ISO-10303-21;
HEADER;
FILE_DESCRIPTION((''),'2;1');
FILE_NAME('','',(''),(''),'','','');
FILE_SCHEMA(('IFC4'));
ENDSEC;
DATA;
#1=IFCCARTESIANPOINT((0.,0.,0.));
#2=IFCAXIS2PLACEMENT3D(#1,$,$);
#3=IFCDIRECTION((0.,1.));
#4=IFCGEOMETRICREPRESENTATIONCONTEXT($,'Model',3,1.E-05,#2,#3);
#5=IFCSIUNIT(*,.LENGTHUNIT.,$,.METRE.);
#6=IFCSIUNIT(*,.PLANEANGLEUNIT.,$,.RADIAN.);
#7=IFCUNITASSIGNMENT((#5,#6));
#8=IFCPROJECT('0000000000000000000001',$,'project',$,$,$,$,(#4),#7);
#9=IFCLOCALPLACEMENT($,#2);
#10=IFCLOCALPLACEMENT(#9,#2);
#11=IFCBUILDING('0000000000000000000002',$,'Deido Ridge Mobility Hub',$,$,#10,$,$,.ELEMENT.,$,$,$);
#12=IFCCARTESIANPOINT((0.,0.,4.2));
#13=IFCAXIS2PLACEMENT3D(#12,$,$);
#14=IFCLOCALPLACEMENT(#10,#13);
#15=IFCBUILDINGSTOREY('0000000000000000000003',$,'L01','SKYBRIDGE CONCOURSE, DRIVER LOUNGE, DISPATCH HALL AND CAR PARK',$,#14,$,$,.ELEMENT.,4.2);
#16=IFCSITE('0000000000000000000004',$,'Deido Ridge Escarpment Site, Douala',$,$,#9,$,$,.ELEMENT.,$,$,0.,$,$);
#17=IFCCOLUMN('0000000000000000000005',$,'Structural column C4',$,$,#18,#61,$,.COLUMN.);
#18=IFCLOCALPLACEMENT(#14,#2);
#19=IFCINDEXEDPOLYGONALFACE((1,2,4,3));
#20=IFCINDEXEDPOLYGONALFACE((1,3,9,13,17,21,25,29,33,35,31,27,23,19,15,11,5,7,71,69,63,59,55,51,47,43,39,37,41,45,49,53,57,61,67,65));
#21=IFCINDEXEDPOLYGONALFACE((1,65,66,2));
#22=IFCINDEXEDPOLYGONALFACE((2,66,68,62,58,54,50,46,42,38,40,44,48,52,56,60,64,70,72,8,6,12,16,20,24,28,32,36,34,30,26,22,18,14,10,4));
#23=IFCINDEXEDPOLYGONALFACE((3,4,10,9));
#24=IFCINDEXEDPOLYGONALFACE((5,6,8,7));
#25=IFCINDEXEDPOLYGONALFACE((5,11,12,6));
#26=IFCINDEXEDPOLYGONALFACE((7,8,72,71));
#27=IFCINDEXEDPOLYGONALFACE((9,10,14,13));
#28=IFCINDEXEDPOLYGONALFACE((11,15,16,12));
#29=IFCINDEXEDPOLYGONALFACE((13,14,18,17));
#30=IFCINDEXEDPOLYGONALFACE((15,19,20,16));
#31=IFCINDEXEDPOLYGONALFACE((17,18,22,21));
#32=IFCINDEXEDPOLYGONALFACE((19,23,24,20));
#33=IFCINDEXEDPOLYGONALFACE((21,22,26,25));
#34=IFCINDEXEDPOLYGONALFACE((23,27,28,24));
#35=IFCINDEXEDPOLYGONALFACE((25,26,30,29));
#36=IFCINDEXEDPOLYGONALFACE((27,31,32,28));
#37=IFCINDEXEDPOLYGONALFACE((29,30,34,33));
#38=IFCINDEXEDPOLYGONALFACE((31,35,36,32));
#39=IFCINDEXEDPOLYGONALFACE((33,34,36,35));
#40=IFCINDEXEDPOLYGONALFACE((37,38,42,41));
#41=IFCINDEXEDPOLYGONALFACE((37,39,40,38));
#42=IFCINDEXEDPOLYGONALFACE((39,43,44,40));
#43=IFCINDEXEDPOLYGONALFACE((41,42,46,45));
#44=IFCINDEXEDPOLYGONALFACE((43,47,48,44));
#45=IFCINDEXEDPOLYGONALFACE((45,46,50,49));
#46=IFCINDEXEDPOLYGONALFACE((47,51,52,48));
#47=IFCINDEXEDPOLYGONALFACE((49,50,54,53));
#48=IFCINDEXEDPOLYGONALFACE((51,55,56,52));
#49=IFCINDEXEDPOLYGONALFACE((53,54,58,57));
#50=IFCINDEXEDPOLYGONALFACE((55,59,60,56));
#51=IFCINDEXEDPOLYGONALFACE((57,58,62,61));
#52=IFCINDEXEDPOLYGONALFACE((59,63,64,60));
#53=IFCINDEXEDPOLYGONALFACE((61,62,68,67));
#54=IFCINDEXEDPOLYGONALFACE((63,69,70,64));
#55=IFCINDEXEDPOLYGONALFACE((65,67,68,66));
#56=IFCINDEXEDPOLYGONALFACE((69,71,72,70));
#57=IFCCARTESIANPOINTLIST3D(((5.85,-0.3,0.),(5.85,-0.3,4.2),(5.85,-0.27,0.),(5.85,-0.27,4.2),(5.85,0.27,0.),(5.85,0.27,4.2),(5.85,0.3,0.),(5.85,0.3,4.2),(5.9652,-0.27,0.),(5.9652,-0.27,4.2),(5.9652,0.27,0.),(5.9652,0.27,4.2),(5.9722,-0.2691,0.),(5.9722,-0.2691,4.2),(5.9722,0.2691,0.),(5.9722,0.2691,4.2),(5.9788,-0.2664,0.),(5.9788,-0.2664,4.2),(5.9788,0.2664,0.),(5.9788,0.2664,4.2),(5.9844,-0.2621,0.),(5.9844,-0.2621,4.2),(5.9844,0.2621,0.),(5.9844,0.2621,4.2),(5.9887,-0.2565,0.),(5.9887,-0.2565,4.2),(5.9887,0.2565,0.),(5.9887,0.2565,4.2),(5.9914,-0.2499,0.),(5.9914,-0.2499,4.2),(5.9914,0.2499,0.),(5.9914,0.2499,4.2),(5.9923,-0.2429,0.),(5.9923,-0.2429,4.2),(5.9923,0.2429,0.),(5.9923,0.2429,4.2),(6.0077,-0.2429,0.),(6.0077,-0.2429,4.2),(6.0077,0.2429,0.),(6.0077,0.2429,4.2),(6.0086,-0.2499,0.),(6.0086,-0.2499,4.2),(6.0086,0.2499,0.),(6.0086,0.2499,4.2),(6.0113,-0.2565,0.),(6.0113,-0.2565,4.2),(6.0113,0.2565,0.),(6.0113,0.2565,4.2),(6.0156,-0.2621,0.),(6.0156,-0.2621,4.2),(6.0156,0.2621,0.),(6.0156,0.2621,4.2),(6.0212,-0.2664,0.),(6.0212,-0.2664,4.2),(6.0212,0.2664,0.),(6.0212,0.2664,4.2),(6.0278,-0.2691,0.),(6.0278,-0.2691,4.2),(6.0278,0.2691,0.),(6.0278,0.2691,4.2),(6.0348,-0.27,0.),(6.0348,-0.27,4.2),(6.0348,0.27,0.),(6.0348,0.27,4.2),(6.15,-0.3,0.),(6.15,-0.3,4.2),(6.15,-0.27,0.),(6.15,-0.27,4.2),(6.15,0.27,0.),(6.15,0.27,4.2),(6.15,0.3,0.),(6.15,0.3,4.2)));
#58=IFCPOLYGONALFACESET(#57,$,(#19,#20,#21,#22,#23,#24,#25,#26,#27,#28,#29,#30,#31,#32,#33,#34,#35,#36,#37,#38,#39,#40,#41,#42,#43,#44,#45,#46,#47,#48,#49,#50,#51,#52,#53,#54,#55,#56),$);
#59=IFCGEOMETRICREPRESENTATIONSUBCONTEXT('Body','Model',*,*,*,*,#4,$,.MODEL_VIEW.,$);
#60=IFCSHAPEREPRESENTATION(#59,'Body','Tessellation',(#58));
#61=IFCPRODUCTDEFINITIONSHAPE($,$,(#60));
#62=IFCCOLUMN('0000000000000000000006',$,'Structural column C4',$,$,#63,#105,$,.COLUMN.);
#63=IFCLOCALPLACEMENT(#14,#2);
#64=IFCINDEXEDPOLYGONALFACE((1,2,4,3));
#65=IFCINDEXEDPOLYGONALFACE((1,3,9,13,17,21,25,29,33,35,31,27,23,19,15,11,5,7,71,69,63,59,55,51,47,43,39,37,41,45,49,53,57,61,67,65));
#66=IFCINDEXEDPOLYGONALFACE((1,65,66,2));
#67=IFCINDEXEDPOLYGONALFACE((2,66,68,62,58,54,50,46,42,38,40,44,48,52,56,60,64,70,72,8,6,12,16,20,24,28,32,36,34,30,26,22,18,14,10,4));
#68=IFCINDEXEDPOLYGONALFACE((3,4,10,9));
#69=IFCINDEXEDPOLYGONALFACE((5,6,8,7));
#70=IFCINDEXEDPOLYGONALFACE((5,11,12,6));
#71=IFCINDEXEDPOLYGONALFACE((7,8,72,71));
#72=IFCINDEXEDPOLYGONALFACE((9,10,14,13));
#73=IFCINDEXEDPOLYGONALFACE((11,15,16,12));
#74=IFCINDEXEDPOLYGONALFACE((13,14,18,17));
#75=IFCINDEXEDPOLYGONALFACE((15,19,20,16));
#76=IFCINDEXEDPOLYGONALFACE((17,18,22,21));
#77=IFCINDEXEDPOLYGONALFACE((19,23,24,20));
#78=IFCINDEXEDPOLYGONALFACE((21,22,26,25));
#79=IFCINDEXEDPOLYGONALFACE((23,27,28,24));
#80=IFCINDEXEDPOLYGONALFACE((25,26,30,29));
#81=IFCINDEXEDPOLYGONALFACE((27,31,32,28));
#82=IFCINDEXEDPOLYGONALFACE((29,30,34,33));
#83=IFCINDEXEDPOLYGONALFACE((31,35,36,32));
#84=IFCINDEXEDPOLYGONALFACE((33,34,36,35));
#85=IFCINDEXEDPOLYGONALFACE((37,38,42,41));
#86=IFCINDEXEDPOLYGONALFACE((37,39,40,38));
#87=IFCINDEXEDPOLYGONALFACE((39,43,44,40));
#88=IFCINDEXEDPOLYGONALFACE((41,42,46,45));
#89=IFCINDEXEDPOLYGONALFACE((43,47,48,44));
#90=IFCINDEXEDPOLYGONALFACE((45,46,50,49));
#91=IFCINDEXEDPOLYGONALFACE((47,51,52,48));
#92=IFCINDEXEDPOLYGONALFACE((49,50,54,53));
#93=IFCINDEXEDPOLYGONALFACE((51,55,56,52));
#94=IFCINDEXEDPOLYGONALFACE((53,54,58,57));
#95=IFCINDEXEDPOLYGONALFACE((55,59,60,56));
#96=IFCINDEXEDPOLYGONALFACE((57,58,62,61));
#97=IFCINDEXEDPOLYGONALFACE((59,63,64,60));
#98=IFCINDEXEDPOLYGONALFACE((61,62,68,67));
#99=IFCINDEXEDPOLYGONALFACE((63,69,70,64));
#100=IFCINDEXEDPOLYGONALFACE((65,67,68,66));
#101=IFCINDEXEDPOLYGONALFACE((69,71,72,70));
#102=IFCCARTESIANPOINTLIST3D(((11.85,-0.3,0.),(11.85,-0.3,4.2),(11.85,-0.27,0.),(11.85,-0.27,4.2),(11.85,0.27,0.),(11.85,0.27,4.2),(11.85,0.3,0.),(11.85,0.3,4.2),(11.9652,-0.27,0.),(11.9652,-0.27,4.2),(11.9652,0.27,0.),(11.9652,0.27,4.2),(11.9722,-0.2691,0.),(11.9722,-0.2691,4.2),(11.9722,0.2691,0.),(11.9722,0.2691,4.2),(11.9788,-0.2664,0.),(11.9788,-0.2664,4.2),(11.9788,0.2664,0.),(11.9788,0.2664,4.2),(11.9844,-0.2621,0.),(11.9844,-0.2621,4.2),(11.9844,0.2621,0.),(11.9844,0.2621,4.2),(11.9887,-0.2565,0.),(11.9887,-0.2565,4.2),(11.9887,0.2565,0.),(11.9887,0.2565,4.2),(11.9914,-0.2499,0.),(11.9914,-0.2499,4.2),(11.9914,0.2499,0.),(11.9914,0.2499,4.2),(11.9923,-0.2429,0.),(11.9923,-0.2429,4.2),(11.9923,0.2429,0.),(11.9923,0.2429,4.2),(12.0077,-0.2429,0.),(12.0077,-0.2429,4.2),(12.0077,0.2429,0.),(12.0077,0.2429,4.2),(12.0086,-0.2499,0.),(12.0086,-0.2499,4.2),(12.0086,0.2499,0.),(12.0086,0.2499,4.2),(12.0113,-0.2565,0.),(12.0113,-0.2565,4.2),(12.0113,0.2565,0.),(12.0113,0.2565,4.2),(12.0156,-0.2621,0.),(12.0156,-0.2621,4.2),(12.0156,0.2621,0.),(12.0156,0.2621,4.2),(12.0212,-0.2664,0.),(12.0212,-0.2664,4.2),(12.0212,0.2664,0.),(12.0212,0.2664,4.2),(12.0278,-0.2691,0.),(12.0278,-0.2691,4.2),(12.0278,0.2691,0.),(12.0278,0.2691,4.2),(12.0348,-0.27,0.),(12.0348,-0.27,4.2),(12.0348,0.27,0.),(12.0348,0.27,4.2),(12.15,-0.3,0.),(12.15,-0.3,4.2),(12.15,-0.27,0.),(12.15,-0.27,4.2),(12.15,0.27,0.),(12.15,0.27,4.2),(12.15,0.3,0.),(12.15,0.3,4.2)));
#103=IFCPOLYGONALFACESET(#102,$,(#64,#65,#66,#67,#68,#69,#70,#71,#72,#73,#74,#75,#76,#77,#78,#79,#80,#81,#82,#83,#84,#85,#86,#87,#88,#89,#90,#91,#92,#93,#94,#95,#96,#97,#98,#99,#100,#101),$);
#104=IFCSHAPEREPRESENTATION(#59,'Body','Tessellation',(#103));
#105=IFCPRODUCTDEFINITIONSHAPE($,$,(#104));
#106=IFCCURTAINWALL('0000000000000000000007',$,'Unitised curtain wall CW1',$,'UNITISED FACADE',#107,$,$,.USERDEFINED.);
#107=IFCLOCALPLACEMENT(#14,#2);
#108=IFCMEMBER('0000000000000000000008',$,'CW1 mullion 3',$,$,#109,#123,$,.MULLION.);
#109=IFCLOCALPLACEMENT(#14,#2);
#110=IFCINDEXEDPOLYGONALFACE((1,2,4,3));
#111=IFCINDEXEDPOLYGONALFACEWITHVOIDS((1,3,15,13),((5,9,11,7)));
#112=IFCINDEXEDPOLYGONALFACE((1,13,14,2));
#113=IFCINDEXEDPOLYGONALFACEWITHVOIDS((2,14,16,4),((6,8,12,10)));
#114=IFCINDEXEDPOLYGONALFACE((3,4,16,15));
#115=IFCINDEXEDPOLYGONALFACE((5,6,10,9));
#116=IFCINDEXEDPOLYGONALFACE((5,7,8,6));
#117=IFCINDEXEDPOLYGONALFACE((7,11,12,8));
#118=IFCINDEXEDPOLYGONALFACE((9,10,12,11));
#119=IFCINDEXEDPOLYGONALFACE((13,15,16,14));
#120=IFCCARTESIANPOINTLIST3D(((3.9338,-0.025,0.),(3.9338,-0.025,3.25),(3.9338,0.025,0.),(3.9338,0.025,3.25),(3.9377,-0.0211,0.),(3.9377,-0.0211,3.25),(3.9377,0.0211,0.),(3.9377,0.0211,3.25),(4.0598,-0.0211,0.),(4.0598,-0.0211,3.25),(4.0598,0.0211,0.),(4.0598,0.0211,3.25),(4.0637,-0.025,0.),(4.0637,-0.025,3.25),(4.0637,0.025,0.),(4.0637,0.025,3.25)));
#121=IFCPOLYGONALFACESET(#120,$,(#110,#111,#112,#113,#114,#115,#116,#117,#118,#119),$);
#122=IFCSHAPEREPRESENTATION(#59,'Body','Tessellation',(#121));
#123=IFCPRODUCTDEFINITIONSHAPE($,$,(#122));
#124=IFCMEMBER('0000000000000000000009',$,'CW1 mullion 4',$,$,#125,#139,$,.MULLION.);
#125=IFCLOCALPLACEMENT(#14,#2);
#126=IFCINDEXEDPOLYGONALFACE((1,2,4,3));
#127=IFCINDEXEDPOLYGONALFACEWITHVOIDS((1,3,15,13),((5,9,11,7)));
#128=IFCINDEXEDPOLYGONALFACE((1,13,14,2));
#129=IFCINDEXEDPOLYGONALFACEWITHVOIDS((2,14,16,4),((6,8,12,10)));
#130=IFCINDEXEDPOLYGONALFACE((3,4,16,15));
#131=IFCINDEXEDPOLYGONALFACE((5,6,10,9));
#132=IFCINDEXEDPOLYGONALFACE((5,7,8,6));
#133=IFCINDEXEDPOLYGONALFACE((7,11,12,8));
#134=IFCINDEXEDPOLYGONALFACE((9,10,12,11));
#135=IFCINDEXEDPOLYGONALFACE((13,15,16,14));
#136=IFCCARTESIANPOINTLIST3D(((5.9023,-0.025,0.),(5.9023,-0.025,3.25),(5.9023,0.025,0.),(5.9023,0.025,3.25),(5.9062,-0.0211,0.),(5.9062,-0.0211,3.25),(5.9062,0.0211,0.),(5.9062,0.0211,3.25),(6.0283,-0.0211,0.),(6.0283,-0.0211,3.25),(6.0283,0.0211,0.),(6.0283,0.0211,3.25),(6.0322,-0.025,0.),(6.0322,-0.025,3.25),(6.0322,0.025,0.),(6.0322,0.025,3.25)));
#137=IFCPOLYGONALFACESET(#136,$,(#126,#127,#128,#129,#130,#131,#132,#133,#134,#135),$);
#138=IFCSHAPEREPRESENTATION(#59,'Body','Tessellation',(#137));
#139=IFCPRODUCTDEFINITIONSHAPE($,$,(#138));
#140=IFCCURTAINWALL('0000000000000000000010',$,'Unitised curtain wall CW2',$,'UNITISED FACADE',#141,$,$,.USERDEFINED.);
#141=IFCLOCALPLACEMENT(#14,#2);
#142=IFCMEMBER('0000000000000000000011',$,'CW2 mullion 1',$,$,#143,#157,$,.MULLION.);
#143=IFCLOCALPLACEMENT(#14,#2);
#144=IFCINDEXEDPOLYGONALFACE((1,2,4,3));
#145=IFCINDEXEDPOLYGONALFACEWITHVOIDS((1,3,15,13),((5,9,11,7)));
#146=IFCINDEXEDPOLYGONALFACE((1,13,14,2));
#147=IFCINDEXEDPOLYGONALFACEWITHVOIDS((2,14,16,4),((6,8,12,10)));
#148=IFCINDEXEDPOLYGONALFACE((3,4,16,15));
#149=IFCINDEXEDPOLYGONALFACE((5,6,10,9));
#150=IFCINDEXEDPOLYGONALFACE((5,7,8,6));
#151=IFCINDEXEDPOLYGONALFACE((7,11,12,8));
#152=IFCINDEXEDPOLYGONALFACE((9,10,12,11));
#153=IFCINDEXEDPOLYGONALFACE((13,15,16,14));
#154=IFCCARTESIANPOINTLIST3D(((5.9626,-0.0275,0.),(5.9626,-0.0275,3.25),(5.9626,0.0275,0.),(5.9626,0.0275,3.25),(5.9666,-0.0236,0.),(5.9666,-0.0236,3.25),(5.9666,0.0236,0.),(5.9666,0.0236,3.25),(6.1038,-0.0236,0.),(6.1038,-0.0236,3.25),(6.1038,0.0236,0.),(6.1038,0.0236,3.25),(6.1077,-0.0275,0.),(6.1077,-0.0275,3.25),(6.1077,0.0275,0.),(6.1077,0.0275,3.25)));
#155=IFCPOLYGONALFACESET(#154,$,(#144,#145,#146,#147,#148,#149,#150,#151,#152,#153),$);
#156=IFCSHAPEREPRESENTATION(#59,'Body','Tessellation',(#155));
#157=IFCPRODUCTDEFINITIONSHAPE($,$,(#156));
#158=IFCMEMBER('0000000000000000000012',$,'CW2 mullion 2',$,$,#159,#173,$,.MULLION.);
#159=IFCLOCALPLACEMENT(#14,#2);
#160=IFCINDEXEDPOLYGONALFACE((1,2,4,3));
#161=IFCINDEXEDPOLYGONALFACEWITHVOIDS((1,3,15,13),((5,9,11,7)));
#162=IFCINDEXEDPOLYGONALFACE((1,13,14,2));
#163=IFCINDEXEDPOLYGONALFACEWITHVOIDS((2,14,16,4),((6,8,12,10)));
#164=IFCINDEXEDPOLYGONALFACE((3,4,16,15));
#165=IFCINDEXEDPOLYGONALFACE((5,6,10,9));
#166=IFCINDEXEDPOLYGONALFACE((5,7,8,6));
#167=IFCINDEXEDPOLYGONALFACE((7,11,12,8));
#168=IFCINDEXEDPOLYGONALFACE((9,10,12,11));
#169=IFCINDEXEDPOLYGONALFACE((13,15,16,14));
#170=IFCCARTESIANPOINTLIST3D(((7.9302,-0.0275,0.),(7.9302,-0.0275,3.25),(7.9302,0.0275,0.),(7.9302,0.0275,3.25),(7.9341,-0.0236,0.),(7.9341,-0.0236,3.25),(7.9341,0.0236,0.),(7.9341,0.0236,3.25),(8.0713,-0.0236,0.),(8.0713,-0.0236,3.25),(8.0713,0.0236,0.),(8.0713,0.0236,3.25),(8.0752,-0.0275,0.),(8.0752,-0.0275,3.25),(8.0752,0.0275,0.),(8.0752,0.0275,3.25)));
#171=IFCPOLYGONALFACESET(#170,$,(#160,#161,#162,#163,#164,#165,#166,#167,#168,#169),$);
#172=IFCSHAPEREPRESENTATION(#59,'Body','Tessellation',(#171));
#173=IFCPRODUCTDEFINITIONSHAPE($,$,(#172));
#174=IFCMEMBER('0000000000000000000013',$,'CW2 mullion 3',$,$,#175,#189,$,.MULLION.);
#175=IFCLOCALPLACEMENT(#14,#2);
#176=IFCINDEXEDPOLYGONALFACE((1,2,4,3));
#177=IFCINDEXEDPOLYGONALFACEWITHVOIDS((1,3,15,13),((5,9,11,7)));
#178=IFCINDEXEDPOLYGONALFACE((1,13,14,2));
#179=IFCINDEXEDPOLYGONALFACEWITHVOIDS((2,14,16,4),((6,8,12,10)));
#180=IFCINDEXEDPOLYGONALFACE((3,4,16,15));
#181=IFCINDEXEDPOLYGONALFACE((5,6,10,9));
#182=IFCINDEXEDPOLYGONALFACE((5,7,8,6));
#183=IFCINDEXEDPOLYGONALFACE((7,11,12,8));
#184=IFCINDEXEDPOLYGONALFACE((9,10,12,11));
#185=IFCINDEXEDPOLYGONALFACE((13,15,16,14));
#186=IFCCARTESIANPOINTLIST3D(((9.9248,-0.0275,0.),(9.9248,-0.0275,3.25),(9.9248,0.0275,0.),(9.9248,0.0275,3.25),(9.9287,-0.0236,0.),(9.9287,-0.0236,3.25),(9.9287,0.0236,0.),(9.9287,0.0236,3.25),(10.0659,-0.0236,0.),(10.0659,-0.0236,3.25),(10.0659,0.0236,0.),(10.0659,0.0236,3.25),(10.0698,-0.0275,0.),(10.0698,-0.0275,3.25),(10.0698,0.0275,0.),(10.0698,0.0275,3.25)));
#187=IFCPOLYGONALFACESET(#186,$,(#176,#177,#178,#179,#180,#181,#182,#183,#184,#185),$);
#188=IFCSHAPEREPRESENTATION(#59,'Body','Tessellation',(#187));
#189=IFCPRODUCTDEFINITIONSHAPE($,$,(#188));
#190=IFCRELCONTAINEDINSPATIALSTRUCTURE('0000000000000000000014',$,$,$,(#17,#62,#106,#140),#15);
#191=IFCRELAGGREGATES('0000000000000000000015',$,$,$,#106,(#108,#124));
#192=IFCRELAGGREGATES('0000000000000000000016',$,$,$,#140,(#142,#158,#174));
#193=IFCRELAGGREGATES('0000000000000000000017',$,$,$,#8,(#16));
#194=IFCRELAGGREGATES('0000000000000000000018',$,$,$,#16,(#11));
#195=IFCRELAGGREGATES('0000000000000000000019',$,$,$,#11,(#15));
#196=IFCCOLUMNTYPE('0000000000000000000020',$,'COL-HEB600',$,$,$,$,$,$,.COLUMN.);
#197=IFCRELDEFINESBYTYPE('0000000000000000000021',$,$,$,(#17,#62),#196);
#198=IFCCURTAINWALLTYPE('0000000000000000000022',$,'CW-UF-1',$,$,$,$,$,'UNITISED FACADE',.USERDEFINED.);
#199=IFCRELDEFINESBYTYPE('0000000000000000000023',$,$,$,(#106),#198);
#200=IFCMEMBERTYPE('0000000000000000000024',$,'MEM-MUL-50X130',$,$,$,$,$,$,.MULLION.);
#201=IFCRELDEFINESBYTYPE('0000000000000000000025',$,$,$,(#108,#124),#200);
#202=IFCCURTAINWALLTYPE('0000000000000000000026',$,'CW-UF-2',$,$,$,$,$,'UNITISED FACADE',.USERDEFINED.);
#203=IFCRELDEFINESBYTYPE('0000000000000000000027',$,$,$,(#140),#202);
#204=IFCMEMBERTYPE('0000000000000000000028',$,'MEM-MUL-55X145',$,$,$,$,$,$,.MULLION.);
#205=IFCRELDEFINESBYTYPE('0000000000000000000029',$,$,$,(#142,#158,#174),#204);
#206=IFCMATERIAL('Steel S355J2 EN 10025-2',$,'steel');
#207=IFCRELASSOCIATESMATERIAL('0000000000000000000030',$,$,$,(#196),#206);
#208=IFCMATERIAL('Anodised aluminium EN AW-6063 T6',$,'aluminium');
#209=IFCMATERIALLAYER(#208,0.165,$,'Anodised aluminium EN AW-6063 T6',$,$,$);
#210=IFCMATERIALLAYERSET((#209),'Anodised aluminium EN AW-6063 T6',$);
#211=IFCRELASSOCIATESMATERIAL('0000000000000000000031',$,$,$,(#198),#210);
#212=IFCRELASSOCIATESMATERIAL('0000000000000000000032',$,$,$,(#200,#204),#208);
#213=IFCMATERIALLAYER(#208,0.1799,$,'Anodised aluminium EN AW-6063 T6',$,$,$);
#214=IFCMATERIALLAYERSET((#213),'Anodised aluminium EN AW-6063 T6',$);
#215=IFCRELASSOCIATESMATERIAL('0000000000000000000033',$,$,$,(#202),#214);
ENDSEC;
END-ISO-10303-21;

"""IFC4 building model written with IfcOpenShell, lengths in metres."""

from ifc_helpers import new_model, si_unit, direction, frame, origin, origin_2d, place, context, subcontext, project, spatial, hollow_rectangle, i_section, extrude, material, layer, layer_set, material_profile, profile_set, type_object, element, aggregate, save


model = new_model("IFC4")

# Units and contexts
model_context = context("Model", 3, precision=1e-05, world=origin(), true_north=direction((0.0, 1.0)))
body_context = subcontext(model_context, "Body", "Model", "MODEL_VIEW")
ifc_project = project(units=[si_unit("LENGTHUNIT", "METRE"), si_unit("PLANEANGLEUNIT", "RADIAN")], contexts=[model_context])

# Site, building, storey
site_placement = place(None, origin())
site = spatial("IfcSite", under=ifc_project, at=site_placement, Name="Deido Ridge Escarpment Site, Douala", CompositionType="ELEMENT", RefElevation=0.0)
building_placement = place(site_placement, origin())
building = spatial("IfcBuilding", under=site, at=building_placement, Name="Deido Ridge Mobility Hub", CompositionType="ELEMENT")
storey_placement = place(building_placement, frame((0.0, 0.0, 4.2)))
storey = spatial("IfcBuildingStorey", under=building, at=storey_placement, Name="L01", Description="SKYBRIDGE CONCOURSE, DRIVER LOUNGE, DISPATCH HALL AND CAR PARK", CompositionType="ELEMENT", Elevation=4.2)

# Columns
ifc_material_1 = material(Name="Steel S355J2 EN 10025-2", Category="steel")
ifc_material_profile_1 = material_profile(ifc_material_1, i_section(OverallWidth=0.3, OverallDepth=0.6001, WebThickness=0.0154, FlangeThickness=0.03, FilletRadius=0.0271, at=origin_2d()), Name="HEB 600")
ifc_profile_set_1 = profile_set([ifc_material_profile_1], Name="Steel S355J2 EN 10025-2")
column_type = type_object("IfcColumnType", Name="COL-HEB600", PredefinedType="COLUMN", material=ifc_profile_set_1)
for number, where, z_axis, x_axis, name in (
    (1, (6.0, 0.0, 0.0), (0.0, 0.0, 1.0), (1.0, 0.0, 0.0), "Structural column C4"),
    (2, (12.0, 0.0, 0.0), (0.0, 0.0, 1.0), (1.0, 0.0, 0.0), "Structural column C4"),
):
    element("IfcColumn", number, at=place(storey_placement, frame(where, z_axis=z_axis, x_axis=x_axis)), inside=storey, type_object=column_type, Name=name, PredefinedType="COLUMN", context=body_context, shape_type="SweptSolid", body=[
        extrude(i_section(OverallWidth=0.3, OverallDepth=0.6001, WebThickness=0.0154, FlangeThickness=0.03, FilletRadius=0.0271, at=origin_2d()), origin(), (0.0, 0.0, 1.0), 4.2),
    ])

# Curtain walls, members
ifc_material_2 = material(Name="Anodised aluminium EN AW-6063 T6", Category="aluminium")
ifc_layer_1 = layer(ifc_material_2, 0.165, Name="Anodised aluminium EN AW-6063 T6")
ifc_layer_set_1 = layer_set([ifc_layer_1], Name="Anodised aluminium EN AW-6063 T6")
curtain_wall_type_1 = type_object("IfcCurtainWallType", Name="CW-UF-1", ElementType="UNITISED FACADE", PredefinedType="USERDEFINED", material=ifc_layer_set_1)
curtain_wall_1_placement = place(storey_placement, origin())
curtain_wall_1 = element("IfcCurtainWall", 3, at=curtain_wall_1_placement, inside=storey, type_object=curtain_wall_type_1, Name="Unitised curtain wall CW1", ObjectType="UNITISED FACADE", PredefinedType="USERDEFINED")
ifc_material_profile_2 = material_profile(ifc_material_2, hollow_rectangle(XDim=0.05, YDim=0.1299, WallThickness=0.0039, at=origin_2d()), Name="RHS 50x130x4")
ifc_profile_set_2 = profile_set([ifc_material_profile_2], Name="Anodised aluminium EN AW-6063 T6")
member_type_1 = type_object("IfcMemberType", Name="MEM-MUL-50X130", PredefinedType="MULLION", material=ifc_profile_set_2)
member_1_placement = place(storey_placement, frame((3.9988, 0.0, 0.0), z_axis=(0.0, 0.0, 1.0), x_axis=(0.0, 1.0, 0.0)))
member_1 = element("IfcMember", 4, at=member_1_placement, type_object=member_type_1, Name="CW1 mullion 3", PredefinedType="MULLION", context=body_context, shape_type="SweptSolid", body=[
    extrude(hollow_rectangle(XDim=0.05, YDim=0.1299, WallThickness=0.0039, at=origin_2d()), origin(), (0.0, 0.0, 1.0), 3.25),
])
member_2_placement = place(storey_placement, frame((5.9673, 0.0, 0.0), z_axis=(0.0, 0.0, 1.0), x_axis=(0.0, 1.0, 0.0)))
member_2 = element("IfcMember", 5, at=member_2_placement, type_object=member_type_1, Name="CW1 mullion 4", PredefinedType="MULLION", context=body_context, shape_type="SweptSolid", body=[
    extrude(hollow_rectangle(XDim=0.05, YDim=0.1299, WallThickness=0.0039, at=origin_2d()), origin(), (0.0, 0.0, 1.0), 3.25),
])
ifc_layer_2 = layer(ifc_material_2, 0.1799, Name="Anodised aluminium EN AW-6063 T6")
ifc_layer_set_2 = layer_set([ifc_layer_2], Name="Anodised aluminium EN AW-6063 T6")
curtain_wall_type_2 = type_object("IfcCurtainWallType", Name="CW-UF-2", ElementType="UNITISED FACADE", PredefinedType="USERDEFINED", material=ifc_layer_set_2)
curtain_wall_2_placement = place(storey_placement, origin())
curtain_wall_2 = element("IfcCurtainWall", 6, at=curtain_wall_2_placement, inside=storey, type_object=curtain_wall_type_2, Name="Unitised curtain wall CW2", ObjectType="UNITISED FACADE", PredefinedType="USERDEFINED")
ifc_material_profile_3 = material_profile(ifc_material_2, hollow_rectangle(XDim=0.0549, YDim=0.145, WallThickness=0.0039, at=origin_2d()), Name="RHS 55x145x4")
ifc_profile_set_3 = profile_set([ifc_material_profile_3], Name="Anodised aluminium EN AW-6063 T6")
member_type_2 = type_object("IfcMemberType", Name="MEM-MUL-55X145", PredefinedType="MULLION", material=ifc_profile_set_3)
member_3_placement = place(storey_placement, frame((6.0352, 0.0, 0.0), z_axis=(0.0, 0.0, 1.0), x_axis=(0.0, 1.0, 0.0)))
member_3 = element("IfcMember", 7, at=member_3_placement, type_object=member_type_2, Name="CW2 mullion 1", PredefinedType="MULLION", context=body_context, shape_type="SweptSolid", body=[
    extrude(hollow_rectangle(XDim=0.0549, YDim=0.145, WallThickness=0.0039, at=origin_2d()), origin(), (0.0, 0.0, 1.0), 3.25),
])
member_4_placement = place(storey_placement, frame((8.0027, 0.0, 0.0), z_axis=(0.0, 0.0, 1.0), x_axis=(0.0, 1.0, 0.0)))
member_4 = element("IfcMember", 8, at=member_4_placement, type_object=member_type_2, Name="CW2 mullion 2", PredefinedType="MULLION", context=body_context, shape_type="SweptSolid", body=[
    extrude(hollow_rectangle(XDim=0.0549, YDim=0.145, WallThickness=0.0039, at=origin_2d()), origin(), (0.0, 0.0, 1.0), 3.25),
])
member_5_placement = place(storey_placement, frame((9.9973, 0.0, 0.0), z_axis=(0.0, 0.0, 1.0), x_axis=(0.0, 1.0, 0.0)))
member_5 = element("IfcMember", 9, at=member_5_placement, type_object=member_type_2, Name="CW2 mullion 3", PredefinedType="MULLION", context=body_context, shape_type="SweptSolid", body=[
    extrude(hollow_rectangle(XDim=0.0549, YDim=0.145, WallThickness=0.0039, at=origin_2d()), origin(), (0.0, 0.0, 1.0), 3.25),
])

aggregate(curtain_wall_1, [member_1, member_2])
aggregate(curtain_wall_2, [member_3, member_4, member_5])

save(model, "model.ifc")
